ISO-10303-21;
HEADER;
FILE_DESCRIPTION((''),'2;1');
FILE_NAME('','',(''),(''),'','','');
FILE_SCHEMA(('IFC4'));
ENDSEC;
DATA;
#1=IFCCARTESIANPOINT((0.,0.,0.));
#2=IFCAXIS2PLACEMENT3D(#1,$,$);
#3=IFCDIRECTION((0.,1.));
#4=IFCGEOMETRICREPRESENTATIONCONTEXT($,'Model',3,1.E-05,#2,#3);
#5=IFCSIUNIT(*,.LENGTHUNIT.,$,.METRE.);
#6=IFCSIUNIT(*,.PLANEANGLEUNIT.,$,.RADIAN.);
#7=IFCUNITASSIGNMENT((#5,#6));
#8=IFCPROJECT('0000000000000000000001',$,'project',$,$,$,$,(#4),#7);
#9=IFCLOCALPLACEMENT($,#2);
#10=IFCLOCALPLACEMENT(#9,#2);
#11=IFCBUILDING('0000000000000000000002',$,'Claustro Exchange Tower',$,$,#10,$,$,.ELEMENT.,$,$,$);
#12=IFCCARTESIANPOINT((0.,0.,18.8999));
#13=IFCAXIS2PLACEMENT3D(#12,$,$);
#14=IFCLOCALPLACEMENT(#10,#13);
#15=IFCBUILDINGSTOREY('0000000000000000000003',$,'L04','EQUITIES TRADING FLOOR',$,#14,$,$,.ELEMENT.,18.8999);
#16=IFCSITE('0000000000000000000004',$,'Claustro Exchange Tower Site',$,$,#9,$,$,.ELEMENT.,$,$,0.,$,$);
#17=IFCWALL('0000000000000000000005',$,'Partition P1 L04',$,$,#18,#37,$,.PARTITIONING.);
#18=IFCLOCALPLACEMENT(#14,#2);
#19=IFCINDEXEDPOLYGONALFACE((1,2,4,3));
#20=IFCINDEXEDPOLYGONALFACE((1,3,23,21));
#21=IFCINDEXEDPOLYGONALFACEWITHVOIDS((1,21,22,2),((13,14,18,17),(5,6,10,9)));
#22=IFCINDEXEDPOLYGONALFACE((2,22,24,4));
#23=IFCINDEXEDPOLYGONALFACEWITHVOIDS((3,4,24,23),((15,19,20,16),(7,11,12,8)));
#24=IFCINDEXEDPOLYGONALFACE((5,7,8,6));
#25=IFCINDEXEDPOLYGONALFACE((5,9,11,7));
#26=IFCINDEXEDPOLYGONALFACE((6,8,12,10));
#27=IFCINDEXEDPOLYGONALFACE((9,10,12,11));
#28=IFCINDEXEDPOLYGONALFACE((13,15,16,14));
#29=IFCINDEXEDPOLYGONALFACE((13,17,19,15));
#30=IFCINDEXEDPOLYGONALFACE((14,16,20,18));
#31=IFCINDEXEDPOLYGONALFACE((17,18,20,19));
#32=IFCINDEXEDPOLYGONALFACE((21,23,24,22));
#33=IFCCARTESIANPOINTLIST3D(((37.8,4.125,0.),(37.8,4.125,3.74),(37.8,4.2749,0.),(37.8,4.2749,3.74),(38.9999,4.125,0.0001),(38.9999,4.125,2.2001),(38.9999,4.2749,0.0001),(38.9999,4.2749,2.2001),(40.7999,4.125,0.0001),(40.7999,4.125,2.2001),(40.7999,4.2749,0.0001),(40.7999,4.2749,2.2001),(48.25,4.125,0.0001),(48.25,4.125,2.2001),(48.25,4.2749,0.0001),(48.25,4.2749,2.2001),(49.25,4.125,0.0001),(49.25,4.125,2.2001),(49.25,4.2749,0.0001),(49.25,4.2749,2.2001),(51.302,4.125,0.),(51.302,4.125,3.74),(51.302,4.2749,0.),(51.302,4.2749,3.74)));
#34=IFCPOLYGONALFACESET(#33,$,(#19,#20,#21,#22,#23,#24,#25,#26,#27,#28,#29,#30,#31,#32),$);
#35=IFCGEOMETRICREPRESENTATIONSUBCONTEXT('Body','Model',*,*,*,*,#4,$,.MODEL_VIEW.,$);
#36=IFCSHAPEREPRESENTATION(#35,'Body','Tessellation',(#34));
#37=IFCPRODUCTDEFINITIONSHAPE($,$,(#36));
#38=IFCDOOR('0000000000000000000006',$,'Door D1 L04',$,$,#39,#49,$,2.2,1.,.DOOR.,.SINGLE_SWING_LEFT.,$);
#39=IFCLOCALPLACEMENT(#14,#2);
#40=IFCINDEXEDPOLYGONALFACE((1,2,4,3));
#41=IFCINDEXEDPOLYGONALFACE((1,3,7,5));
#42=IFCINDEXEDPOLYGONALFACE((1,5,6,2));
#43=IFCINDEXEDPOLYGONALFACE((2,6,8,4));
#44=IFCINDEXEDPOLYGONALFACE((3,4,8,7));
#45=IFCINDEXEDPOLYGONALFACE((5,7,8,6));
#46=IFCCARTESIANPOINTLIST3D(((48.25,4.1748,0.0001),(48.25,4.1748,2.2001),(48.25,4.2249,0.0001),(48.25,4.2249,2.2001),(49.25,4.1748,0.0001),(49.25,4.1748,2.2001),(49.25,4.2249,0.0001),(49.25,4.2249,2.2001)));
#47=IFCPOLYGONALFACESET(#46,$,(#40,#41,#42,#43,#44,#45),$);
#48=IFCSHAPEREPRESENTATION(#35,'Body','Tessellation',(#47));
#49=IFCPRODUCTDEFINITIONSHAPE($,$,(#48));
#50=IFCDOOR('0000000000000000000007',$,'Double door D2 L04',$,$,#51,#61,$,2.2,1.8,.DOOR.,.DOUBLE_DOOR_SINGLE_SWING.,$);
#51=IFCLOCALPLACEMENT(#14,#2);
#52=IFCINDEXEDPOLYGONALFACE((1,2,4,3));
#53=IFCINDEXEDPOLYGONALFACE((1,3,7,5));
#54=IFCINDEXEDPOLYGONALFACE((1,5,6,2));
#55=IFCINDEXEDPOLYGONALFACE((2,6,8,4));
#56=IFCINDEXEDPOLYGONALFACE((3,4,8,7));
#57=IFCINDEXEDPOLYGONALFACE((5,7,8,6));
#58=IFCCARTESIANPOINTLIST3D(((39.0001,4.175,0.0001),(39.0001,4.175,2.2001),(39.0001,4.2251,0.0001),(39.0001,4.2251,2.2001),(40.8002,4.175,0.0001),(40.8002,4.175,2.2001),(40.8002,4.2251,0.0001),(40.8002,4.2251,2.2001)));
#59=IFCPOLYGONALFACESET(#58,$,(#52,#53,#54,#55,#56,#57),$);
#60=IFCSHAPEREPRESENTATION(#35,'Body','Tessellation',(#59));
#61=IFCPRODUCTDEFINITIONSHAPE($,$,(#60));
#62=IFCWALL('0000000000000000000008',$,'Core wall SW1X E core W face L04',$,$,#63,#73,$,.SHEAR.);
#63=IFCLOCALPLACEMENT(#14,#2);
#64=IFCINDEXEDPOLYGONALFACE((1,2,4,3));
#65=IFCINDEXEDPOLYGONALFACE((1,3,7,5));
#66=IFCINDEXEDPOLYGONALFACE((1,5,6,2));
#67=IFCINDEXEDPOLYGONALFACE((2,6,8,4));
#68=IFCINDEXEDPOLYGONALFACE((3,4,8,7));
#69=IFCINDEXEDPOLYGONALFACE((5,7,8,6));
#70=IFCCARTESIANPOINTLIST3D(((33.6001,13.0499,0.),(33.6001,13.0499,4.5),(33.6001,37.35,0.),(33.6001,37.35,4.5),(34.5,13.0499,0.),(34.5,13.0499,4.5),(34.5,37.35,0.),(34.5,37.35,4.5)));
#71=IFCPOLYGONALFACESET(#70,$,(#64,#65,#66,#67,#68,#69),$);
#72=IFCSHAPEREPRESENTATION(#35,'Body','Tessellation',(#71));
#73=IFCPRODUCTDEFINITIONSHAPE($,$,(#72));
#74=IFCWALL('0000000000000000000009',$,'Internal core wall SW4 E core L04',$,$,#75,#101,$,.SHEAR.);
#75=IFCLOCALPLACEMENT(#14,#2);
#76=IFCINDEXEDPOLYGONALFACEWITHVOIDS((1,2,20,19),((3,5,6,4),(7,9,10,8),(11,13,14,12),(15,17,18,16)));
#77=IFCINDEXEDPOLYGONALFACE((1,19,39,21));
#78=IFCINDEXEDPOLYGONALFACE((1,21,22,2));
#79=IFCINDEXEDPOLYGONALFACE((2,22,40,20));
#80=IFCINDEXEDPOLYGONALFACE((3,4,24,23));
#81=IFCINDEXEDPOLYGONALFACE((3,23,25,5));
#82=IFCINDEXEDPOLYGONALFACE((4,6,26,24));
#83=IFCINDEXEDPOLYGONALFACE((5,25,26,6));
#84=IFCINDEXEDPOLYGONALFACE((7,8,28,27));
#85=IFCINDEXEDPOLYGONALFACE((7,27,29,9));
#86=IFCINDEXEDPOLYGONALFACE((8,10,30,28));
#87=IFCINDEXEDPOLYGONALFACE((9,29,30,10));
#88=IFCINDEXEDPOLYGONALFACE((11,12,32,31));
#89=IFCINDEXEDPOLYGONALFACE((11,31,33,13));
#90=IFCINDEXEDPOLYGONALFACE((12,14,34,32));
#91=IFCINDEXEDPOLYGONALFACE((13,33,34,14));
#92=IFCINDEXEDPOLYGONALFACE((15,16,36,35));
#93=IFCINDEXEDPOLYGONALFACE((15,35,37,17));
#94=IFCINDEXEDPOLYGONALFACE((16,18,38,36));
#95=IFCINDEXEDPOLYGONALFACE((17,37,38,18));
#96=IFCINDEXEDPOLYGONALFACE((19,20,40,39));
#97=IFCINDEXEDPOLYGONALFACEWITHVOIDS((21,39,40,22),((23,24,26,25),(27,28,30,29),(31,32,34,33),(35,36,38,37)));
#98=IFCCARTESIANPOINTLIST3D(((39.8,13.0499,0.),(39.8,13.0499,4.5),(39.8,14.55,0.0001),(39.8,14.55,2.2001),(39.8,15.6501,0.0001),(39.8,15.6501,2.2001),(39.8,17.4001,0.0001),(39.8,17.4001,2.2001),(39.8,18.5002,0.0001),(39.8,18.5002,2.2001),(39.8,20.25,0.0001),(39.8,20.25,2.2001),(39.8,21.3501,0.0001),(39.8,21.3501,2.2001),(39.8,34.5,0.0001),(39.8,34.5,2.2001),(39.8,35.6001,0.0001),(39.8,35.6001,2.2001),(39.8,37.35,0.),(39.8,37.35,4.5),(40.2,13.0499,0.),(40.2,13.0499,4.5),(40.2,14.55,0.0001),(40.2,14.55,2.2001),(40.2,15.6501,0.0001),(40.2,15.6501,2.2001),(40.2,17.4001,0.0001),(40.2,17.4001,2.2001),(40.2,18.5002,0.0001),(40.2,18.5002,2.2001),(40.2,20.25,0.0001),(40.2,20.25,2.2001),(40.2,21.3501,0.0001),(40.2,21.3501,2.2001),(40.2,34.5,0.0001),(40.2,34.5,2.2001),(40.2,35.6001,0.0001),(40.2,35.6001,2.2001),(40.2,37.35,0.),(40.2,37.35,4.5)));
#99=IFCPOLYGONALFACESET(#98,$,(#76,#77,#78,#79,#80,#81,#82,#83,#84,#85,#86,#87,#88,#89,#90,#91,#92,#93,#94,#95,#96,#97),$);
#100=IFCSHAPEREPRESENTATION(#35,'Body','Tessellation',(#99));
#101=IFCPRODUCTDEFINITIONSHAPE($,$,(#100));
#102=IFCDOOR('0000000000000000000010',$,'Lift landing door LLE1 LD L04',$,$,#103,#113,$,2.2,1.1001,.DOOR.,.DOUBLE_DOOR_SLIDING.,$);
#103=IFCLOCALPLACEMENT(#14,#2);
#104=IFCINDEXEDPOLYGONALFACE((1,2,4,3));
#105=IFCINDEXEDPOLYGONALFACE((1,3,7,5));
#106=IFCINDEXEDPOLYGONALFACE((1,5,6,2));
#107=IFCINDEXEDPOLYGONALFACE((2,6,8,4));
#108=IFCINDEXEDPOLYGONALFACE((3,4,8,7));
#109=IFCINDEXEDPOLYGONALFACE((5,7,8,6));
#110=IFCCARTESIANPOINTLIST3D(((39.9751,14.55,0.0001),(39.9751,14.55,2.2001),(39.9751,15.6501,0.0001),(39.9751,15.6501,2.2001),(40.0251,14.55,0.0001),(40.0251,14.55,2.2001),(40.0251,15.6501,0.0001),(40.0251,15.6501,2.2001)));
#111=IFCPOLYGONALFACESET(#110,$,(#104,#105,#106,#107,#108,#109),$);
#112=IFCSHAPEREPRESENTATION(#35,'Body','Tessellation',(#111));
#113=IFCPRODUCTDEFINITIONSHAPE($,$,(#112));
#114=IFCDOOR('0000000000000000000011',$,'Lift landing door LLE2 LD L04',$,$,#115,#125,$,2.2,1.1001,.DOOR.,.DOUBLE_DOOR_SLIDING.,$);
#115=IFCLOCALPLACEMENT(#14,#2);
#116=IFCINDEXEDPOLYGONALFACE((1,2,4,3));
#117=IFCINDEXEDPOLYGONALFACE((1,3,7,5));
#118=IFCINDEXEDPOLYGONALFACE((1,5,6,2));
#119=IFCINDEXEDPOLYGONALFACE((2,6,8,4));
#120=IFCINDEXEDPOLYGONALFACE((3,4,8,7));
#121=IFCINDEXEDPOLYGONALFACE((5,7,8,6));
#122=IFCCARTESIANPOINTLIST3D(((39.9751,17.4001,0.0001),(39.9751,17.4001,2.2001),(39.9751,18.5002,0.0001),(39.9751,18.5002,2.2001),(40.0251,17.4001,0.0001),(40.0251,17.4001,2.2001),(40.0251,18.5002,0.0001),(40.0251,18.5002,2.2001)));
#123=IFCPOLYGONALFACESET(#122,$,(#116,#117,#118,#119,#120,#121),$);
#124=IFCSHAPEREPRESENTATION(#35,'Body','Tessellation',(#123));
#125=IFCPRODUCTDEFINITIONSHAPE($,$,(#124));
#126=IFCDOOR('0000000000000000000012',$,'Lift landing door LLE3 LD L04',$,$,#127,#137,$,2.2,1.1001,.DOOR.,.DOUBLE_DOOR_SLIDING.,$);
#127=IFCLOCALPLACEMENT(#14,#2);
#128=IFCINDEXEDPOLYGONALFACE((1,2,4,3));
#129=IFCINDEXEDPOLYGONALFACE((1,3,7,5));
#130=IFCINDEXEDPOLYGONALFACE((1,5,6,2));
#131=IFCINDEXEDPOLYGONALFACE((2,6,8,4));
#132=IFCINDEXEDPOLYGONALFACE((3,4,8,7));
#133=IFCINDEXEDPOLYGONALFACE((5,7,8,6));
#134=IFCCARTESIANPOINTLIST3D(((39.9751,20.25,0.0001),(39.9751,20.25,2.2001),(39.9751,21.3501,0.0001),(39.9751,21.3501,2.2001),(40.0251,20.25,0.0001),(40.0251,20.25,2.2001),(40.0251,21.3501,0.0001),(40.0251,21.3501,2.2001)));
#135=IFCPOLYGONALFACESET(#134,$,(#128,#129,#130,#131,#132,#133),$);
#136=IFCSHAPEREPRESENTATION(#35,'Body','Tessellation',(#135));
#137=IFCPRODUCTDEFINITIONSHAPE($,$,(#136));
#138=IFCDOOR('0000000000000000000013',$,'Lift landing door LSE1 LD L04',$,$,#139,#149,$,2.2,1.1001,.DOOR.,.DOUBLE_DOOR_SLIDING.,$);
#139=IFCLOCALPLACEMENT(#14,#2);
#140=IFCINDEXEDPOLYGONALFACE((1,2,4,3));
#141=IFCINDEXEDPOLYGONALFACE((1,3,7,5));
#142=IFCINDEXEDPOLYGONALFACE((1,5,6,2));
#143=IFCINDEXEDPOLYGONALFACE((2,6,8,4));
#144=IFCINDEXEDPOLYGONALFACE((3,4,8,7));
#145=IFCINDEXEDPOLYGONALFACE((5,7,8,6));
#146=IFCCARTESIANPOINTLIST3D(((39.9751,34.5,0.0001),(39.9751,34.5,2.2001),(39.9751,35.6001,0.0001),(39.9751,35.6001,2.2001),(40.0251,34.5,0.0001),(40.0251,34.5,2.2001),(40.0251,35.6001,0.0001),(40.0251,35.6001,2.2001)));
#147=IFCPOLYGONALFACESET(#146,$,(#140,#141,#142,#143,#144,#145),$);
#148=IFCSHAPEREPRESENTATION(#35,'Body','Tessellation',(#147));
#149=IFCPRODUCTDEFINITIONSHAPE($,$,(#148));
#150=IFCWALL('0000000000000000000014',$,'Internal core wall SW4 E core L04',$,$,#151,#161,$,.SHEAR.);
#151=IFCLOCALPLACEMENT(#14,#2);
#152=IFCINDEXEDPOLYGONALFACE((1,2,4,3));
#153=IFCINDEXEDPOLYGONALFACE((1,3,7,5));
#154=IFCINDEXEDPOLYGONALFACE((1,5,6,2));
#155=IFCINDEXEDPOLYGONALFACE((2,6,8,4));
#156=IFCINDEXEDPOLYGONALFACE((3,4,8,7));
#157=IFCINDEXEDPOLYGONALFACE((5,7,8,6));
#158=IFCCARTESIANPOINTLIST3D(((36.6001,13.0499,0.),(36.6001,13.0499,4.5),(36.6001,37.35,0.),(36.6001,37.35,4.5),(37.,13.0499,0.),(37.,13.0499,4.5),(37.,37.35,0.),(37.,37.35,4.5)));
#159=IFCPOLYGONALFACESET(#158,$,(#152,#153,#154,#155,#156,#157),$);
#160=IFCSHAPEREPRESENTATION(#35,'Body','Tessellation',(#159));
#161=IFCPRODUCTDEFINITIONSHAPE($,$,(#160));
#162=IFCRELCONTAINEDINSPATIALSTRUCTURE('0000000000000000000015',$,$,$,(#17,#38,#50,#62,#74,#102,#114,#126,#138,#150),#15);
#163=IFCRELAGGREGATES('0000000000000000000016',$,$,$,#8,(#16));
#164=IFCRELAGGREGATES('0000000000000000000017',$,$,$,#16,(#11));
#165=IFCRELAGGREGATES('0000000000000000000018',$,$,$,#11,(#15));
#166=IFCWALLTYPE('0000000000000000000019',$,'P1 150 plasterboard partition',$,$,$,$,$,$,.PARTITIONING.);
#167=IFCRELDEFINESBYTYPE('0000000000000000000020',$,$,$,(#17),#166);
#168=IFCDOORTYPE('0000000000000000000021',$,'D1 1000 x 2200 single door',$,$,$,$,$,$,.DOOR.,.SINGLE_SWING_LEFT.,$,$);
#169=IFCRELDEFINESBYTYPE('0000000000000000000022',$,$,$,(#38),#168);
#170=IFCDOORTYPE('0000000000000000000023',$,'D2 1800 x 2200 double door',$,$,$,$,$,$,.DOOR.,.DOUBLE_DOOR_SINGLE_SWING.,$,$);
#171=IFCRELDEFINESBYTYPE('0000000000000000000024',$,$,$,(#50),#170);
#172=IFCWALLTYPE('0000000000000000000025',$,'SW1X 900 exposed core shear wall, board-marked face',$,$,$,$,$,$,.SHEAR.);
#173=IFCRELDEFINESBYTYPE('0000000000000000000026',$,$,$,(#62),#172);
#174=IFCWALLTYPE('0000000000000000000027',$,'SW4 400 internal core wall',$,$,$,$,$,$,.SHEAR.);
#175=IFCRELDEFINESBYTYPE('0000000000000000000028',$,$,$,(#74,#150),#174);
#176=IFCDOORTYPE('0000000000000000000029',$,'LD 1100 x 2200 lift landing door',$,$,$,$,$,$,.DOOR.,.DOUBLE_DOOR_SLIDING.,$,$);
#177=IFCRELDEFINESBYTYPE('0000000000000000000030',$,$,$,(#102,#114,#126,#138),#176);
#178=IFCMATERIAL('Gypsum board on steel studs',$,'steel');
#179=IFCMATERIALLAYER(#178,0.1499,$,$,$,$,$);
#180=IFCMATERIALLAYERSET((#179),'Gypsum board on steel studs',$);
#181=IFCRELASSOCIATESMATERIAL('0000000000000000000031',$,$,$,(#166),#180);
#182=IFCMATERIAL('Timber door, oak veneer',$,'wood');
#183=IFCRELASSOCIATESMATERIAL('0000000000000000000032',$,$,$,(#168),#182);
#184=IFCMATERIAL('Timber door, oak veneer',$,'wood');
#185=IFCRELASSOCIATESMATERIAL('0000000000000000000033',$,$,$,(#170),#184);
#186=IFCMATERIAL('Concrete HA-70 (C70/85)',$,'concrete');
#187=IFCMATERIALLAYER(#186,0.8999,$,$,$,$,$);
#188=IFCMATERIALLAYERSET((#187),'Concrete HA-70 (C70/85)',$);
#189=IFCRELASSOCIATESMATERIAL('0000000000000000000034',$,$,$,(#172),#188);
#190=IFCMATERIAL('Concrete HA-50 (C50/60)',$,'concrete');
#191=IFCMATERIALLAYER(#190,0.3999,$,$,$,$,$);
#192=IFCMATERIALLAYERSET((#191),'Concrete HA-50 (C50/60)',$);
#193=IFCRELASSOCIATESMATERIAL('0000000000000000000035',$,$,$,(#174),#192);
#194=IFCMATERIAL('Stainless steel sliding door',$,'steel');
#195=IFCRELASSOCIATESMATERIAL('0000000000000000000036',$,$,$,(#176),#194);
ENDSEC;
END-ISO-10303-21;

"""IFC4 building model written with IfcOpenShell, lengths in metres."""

from ifc_helpers import new_model, si_unit, direction, frame, frame_2d, origin, place, context, subcontext, project, spatial, rectangle, extrude, material, layer, layer_set, type_object, element, fill, save


model = new_model("IFC4")

# Units and contexts
model_context = context("Model", 3, precision=1e-05, world=origin(), true_north=direction((0.0, 1.0)))
body_context = subcontext(model_context, "Body", "Model", "MODEL_VIEW")
ifc_project = project(units=[si_unit("LENGTHUNIT", "METRE"), si_unit("PLANEANGLEUNIT", "RADIAN")], contexts=[model_context])

# Site, building, storey
site_placement = place(None, origin())
site = spatial("IfcSite", under=ifc_project, at=site_placement, Name="Claustro Exchange Tower Site", CompositionType="ELEMENT", RefElevation=0.0)
building_placement = place(site_placement, origin())
building = spatial("IfcBuilding", under=site, at=building_placement, Name="Claustro Exchange Tower", CompositionType="ELEMENT")
storey_placement = place(building_placement, frame((0.0, 0.0, 18.8999)))
storey = spatial("IfcBuildingStorey", under=building, at=storey_placement, Name="L04", Description="EQUITIES TRADING FLOOR", CompositionType="ELEMENT", Elevation=18.8999)

# Wall, openings, doors
ifc_material_1 = material(Name="Gypsum board on steel studs", Category="steel")
ifc_layer_1 = layer(ifc_material_1, 0.1499)
ifc_layer_set_1 = layer_set([ifc_layer_1], Name="Gypsum board on steel studs")
wall_type_1 = type_object("IfcWallType", Name="P1 150 plasterboard partition", PredefinedType="PARTITIONING", material=ifc_layer_set_1)
wall_1_placement = place(storey_placement, frame((37.8, 4.2, 0.0), z_axis=(0.0, 0.0, 1.0), x_axis=(1.0, 0.0, 0.0)))
wall_1 = element("IfcWall", 1, at=wall_1_placement, inside=storey, type_object=wall_type_1, Name="Partition P1 L04", PredefinedType="PARTITIONING", context=body_context, shape_type="SweptSolid", body=[
    extrude(rectangle(XDim=13.502, YDim=0.1499, at=frame_2d((6.751, 0.0))), origin(), (0.0, 0.0, 1.0), 3.74),
])
opening_1_placement = place(wall_1_placement, frame((1.2, 0.0, 0.0)))
opening_1 = element("IfcOpeningElement", 2, at=opening_1_placement, cuts=wall_1, PredefinedType="OPENING", context=body_context, shape_type="SweptSolid", body=[
    extrude(rectangle(XDim=1.8, YDim=2.2, at=frame_2d((0.8999, 1.1001))), frame((0.0, 0.085, 0.0), z_axis=(0.0, -1.0, 0.0), x_axis=(1.0, 0.0, 0.0)), (0.0, 0.0, 1.0), 0.1699),
])
opening_2_placement = place(wall_1_placement, frame((10.45, 0.0, 0.0)))
opening_2 = element("IfcOpeningElement", 3, at=opening_2_placement, cuts=wall_1, PredefinedType="OPENING", context=body_context, shape_type="SweptSolid", body=[
    extrude(rectangle(XDim=1.0, YDim=2.2, at=frame_2d((0.5, 1.1001))), frame((0.0, 0.085, 0.0), z_axis=(0.0, -1.0, 0.0), x_axis=(1.0, 0.0, 0.0)), (0.0, 0.0, 1.0), 0.1699),
])
ifc_material_2 = material(Name="Timber door, oak veneer", Category="wood")
door_type_1 = type_object("IfcDoorType", Name="D1 1000 x 2200 single door", OperationType="SINGLE_SWING_LEFT", PredefinedType="DOOR", material=ifc_material_2)
door_1_placement = place(opening_2_placement, origin())
door_1 = element("IfcDoor", 4, at=door_1_placement, inside=storey, type_object=door_type_1, Name="Door D1 L04", OperationType="SINGLE_SWING_LEFT", OverallHeight=2.2, OverallWidth=1.0, PredefinedType="DOOR", context=body_context, shape_type="SweptSolid", body=[
    extrude(rectangle(XDim=1.0, YDim=2.2, at=frame_2d((0.5, 1.1001))), frame((0.0, 0.0249, 0.0), z_axis=(0.0, -1.0, 0.0), x_axis=(1.0, 0.0, 0.0)), (0.0, 0.0, 1.0), 0.05),
])
fill(opening_2, door_1)
ifc_material_3 = material(Name="Timber door, oak veneer", Category="wood")
door_type_2 = type_object("IfcDoorType", Name="D2 1800 x 2200 double door", OperationType="DOUBLE_DOOR_SINGLE_SWING", PredefinedType="DOOR", material=ifc_material_3)
door_2_placement = place(opening_1_placement, frame((1.8, 0.0, 0.0), z_axis=(0.0, 0.0, 1.0), x_axis=(-1.0, 0.0, 0.0)))
door_2 = element("IfcDoor", 5, at=door_2_placement, inside=storey, type_object=door_type_2, Name="Double door D2 L04", OperationType="DOUBLE_DOOR_SINGLE_SWING", OverallHeight=2.2, OverallWidth=1.8, PredefinedType="DOOR", context=body_context, shape_type="SweptSolid", body=[
    extrude(rectangle(XDim=1.8, YDim=2.2, at=frame_2d((0.8999, 1.1001))), frame((0.0, 0.0249, 0.0), z_axis=(0.0, -1.0, 0.0), x_axis=(1.0, 0.0, 0.0)), (0.0, 0.0, 1.0), 0.05),
])
fill(opening_1, door_2)

# Wall
ifc_material_4 = material(Name="Concrete HA-70 (C70/85)", Category="concrete")
ifc_layer_2 = layer(ifc_material_4, 0.8999)
ifc_layer_set_2 = layer_set([ifc_layer_2], Name="Concrete HA-70 (C70/85)")
wall_type_2 = type_object("IfcWallType", Name="SW1X 900 exposed core shear wall, board-marked face", PredefinedType="SHEAR", material=ifc_layer_set_2)
wall_2_placement = place(storey_placement, frame((34.05, 13.05, 0.0), z_axis=(0.0, 0.0, 1.0), x_axis=(0.0, 1.0, 0.0)))
element("IfcWall", 6, at=wall_2_placement, inside=storey, type_object=wall_type_2, Name="Core wall SW1X E core W face L04", PredefinedType="SHEAR", context=body_context, shape_type="SweptSolid", body=[
    extrude(rectangle(XDim=24.3, YDim=0.8999, at=frame_2d((12.1499, 0.0))), origin(), (0.0, 0.0, 1.0), 4.5),
])

# Wall, openings, doors
ifc_material_5 = material(Name="Concrete HA-50 (C50/60)", Category="concrete")
ifc_layer_3 = layer(ifc_material_5, 0.3999)
ifc_layer_set_3 = layer_set([ifc_layer_3], Name="Concrete HA-50 (C50/60)")
wall_type_3 = type_object("IfcWallType", Name="SW4 400 internal core wall", PredefinedType="SHEAR", material=ifc_layer_set_3)
wall_3_placement = place(storey_placement, frame((40.0, 13.05, 0.0), z_axis=(0.0, 0.0, 1.0), x_axis=(0.0, 1.0, 0.0)))
wall_3 = element("IfcWall", 7, at=wall_3_placement, inside=storey, type_object=wall_type_3, Name="Internal core wall SW4 E core L04", PredefinedType="SHEAR", context=body_context, shape_type="SweptSolid", body=[
    extrude(rectangle(XDim=24.3, YDim=0.3999, at=frame_2d((12.1499, 0.0))), origin(), (0.0, 0.0, 1.0), 4.5),
])
opening_3_placement = place(wall_3_placement, frame((1.5, 0.0, 0.0)))
opening_3 = element("IfcOpeningElement", 8, at=opening_3_placement, cuts=wall_3, PredefinedType="OPENING", context=body_context, shape_type="SweptSolid", body=[
    extrude(rectangle(XDim=1.1001, YDim=2.2, at=frame_2d((0.55, 1.1001))), frame((0.0, 0.21, 0.0), z_axis=(0.0, -1.0, 0.0), x_axis=(1.0, 0.0, 0.0)), (0.0, 0.0, 1.0), 0.4199),
])
opening_4_placement = place(wall_3_placement, frame((4.3501, 0.0, 0.0)))
opening_4 = element("IfcOpeningElement", 9, at=opening_4_placement, cuts=wall_3, PredefinedType="OPENING", context=body_context, shape_type="SweptSolid", body=[
    extrude(rectangle(XDim=1.1001, YDim=2.2, at=frame_2d((0.55, 1.1001))), frame((0.0, 0.21, 0.0), z_axis=(0.0, -1.0, 0.0), x_axis=(1.0, 0.0, 0.0)), (0.0, 0.0, 1.0), 0.4199),
])
opening_5_placement = place(wall_3_placement, frame((7.2, 0.0, 0.0)))
opening_5 = element("IfcOpeningElement", 10, at=opening_5_placement, cuts=wall_3, PredefinedType="OPENING", context=body_context, shape_type="SweptSolid", body=[
    extrude(rectangle(XDim=1.1001, YDim=2.2, at=frame_2d((0.55, 1.1001))), frame((0.0, 0.21, 0.0), z_axis=(0.0, -1.0, 0.0), x_axis=(1.0, 0.0, 0.0)), (0.0, 0.0, 1.0), 0.4199),
])
opening_6_placement = place(wall_3_placement, frame((21.45, 0.0, 0.0)))
opening_6 = element("IfcOpeningElement", 11, at=opening_6_placement, cuts=wall_3, PredefinedType="OPENING", context=body_context, shape_type="SweptSolid", body=[
    extrude(rectangle(XDim=1.1001, YDim=2.2, at=frame_2d((0.55, 1.1001))), frame((0.0, 0.21, 0.0), z_axis=(0.0, -1.0, 0.0), x_axis=(1.0, 0.0, 0.0)), (0.0, 0.0, 1.0), 0.4199),
])
ifc_material_6 = material(Name="Stainless steel sliding door", Category="steel")
door_type_3 = type_object("IfcDoorType", Name="LD 1100 x 2200 lift landing door", OperationType="DOUBLE_DOOR_SLIDING", PredefinedType="DOOR", material=ifc_material_6)
door_3_placement = place(opening_3_placement, origin())
door_3 = element("IfcDoor", 12, at=door_3_placement, inside=storey, type_object=door_type_3, Name="Lift landing door LLE1 LD L04", OperationType="DOUBLE_DOOR_SLIDING", OverallHeight=2.2, OverallWidth=1.1001, PredefinedType="DOOR", context=body_context, shape_type="SweptSolid", body=[
    extrude(rectangle(XDim=1.1001, YDim=2.2, at=frame_2d((0.55, 1.1001))), frame((0.0, 0.0249, 0.0), z_axis=(0.0, -1.0, 0.0), x_axis=(1.0, 0.0, 0.0)), (0.0, 0.0, 1.0), 0.05),
])
fill(opening_3, door_3)
door_4_placement = place(opening_4_placement, origin())
door_4 = element("IfcDoor", 13, at=door_4_placement, inside=storey, type_object=door_type_3, Name="Lift landing door LLE2 LD L04", OperationType="DOUBLE_DOOR_SLIDING", OverallHeight=2.2, OverallWidth=1.1001, PredefinedType="DOOR", context=body_context, shape_type="SweptSolid", body=[
    extrude(rectangle(XDim=1.1001, YDim=2.2, at=frame_2d((0.55, 1.1001))), frame((0.0, 0.0249, 0.0), z_axis=(0.0, -1.0, 0.0), x_axis=(1.0, 0.0, 0.0)), (0.0, 0.0, 1.0), 0.05),
])
fill(opening_4, door_4)
door_5_placement = place(opening_5_placement, origin())
door_5 = element("IfcDoor", 14, at=door_5_placement, inside=storey, type_object=door_type_3, Name="Lift landing door LLE3 LD L04", OperationType="DOUBLE_DOOR_SLIDING", OverallHeight=2.2, OverallWidth=1.1001, PredefinedType="DOOR", context=body_context, shape_type="SweptSolid", body=[
    extrude(rectangle(XDim=1.1001, YDim=2.2, at=frame_2d((0.55, 1.1001))), frame((0.0, 0.0249, 0.0), z_axis=(0.0, -1.0, 0.0), x_axis=(1.0, 0.0, 0.0)), (0.0, 0.0, 1.0), 0.05),
])
fill(opening_5, door_5)
door_6_placement = place(opening_6_placement, origin())
door_6 = element("IfcDoor", 15, at=door_6_placement, inside=storey, type_object=door_type_3, Name="Lift landing door LSE1 LD L04", OperationType="DOUBLE_DOOR_SLIDING", OverallHeight=2.2, OverallWidth=1.1001, PredefinedType="DOOR", context=body_context, shape_type="SweptSolid", body=[
    extrude(rectangle(XDim=1.1001, YDim=2.2, at=frame_2d((0.55, 1.1001))), frame((0.0, 0.0249, 0.0), z_axis=(0.0, -1.0, 0.0), x_axis=(1.0, 0.0, 0.0)), (0.0, 0.0, 1.0), 0.05),
])
fill(opening_6, door_6)

# Wall
wall_4_placement = place(storey_placement, frame((36.8, 13.05, 0.0), z_axis=(0.0, 0.0, 1.0), x_axis=(0.0, 1.0, 0.0)))
element("IfcWall", 16, at=wall_4_placement, inside=storey, type_object=wall_type_3, Name="Internal core wall SW4 E core L04", PredefinedType="SHEAR", context=body_context, shape_type="SweptSolid", body=[
    extrude(rectangle(XDim=24.3, YDim=0.3999, at=frame_2d((12.1499, 0.0))), origin(), (0.0, 0.0, 1.0), 4.5),
])

save(model, "model.ifc")
